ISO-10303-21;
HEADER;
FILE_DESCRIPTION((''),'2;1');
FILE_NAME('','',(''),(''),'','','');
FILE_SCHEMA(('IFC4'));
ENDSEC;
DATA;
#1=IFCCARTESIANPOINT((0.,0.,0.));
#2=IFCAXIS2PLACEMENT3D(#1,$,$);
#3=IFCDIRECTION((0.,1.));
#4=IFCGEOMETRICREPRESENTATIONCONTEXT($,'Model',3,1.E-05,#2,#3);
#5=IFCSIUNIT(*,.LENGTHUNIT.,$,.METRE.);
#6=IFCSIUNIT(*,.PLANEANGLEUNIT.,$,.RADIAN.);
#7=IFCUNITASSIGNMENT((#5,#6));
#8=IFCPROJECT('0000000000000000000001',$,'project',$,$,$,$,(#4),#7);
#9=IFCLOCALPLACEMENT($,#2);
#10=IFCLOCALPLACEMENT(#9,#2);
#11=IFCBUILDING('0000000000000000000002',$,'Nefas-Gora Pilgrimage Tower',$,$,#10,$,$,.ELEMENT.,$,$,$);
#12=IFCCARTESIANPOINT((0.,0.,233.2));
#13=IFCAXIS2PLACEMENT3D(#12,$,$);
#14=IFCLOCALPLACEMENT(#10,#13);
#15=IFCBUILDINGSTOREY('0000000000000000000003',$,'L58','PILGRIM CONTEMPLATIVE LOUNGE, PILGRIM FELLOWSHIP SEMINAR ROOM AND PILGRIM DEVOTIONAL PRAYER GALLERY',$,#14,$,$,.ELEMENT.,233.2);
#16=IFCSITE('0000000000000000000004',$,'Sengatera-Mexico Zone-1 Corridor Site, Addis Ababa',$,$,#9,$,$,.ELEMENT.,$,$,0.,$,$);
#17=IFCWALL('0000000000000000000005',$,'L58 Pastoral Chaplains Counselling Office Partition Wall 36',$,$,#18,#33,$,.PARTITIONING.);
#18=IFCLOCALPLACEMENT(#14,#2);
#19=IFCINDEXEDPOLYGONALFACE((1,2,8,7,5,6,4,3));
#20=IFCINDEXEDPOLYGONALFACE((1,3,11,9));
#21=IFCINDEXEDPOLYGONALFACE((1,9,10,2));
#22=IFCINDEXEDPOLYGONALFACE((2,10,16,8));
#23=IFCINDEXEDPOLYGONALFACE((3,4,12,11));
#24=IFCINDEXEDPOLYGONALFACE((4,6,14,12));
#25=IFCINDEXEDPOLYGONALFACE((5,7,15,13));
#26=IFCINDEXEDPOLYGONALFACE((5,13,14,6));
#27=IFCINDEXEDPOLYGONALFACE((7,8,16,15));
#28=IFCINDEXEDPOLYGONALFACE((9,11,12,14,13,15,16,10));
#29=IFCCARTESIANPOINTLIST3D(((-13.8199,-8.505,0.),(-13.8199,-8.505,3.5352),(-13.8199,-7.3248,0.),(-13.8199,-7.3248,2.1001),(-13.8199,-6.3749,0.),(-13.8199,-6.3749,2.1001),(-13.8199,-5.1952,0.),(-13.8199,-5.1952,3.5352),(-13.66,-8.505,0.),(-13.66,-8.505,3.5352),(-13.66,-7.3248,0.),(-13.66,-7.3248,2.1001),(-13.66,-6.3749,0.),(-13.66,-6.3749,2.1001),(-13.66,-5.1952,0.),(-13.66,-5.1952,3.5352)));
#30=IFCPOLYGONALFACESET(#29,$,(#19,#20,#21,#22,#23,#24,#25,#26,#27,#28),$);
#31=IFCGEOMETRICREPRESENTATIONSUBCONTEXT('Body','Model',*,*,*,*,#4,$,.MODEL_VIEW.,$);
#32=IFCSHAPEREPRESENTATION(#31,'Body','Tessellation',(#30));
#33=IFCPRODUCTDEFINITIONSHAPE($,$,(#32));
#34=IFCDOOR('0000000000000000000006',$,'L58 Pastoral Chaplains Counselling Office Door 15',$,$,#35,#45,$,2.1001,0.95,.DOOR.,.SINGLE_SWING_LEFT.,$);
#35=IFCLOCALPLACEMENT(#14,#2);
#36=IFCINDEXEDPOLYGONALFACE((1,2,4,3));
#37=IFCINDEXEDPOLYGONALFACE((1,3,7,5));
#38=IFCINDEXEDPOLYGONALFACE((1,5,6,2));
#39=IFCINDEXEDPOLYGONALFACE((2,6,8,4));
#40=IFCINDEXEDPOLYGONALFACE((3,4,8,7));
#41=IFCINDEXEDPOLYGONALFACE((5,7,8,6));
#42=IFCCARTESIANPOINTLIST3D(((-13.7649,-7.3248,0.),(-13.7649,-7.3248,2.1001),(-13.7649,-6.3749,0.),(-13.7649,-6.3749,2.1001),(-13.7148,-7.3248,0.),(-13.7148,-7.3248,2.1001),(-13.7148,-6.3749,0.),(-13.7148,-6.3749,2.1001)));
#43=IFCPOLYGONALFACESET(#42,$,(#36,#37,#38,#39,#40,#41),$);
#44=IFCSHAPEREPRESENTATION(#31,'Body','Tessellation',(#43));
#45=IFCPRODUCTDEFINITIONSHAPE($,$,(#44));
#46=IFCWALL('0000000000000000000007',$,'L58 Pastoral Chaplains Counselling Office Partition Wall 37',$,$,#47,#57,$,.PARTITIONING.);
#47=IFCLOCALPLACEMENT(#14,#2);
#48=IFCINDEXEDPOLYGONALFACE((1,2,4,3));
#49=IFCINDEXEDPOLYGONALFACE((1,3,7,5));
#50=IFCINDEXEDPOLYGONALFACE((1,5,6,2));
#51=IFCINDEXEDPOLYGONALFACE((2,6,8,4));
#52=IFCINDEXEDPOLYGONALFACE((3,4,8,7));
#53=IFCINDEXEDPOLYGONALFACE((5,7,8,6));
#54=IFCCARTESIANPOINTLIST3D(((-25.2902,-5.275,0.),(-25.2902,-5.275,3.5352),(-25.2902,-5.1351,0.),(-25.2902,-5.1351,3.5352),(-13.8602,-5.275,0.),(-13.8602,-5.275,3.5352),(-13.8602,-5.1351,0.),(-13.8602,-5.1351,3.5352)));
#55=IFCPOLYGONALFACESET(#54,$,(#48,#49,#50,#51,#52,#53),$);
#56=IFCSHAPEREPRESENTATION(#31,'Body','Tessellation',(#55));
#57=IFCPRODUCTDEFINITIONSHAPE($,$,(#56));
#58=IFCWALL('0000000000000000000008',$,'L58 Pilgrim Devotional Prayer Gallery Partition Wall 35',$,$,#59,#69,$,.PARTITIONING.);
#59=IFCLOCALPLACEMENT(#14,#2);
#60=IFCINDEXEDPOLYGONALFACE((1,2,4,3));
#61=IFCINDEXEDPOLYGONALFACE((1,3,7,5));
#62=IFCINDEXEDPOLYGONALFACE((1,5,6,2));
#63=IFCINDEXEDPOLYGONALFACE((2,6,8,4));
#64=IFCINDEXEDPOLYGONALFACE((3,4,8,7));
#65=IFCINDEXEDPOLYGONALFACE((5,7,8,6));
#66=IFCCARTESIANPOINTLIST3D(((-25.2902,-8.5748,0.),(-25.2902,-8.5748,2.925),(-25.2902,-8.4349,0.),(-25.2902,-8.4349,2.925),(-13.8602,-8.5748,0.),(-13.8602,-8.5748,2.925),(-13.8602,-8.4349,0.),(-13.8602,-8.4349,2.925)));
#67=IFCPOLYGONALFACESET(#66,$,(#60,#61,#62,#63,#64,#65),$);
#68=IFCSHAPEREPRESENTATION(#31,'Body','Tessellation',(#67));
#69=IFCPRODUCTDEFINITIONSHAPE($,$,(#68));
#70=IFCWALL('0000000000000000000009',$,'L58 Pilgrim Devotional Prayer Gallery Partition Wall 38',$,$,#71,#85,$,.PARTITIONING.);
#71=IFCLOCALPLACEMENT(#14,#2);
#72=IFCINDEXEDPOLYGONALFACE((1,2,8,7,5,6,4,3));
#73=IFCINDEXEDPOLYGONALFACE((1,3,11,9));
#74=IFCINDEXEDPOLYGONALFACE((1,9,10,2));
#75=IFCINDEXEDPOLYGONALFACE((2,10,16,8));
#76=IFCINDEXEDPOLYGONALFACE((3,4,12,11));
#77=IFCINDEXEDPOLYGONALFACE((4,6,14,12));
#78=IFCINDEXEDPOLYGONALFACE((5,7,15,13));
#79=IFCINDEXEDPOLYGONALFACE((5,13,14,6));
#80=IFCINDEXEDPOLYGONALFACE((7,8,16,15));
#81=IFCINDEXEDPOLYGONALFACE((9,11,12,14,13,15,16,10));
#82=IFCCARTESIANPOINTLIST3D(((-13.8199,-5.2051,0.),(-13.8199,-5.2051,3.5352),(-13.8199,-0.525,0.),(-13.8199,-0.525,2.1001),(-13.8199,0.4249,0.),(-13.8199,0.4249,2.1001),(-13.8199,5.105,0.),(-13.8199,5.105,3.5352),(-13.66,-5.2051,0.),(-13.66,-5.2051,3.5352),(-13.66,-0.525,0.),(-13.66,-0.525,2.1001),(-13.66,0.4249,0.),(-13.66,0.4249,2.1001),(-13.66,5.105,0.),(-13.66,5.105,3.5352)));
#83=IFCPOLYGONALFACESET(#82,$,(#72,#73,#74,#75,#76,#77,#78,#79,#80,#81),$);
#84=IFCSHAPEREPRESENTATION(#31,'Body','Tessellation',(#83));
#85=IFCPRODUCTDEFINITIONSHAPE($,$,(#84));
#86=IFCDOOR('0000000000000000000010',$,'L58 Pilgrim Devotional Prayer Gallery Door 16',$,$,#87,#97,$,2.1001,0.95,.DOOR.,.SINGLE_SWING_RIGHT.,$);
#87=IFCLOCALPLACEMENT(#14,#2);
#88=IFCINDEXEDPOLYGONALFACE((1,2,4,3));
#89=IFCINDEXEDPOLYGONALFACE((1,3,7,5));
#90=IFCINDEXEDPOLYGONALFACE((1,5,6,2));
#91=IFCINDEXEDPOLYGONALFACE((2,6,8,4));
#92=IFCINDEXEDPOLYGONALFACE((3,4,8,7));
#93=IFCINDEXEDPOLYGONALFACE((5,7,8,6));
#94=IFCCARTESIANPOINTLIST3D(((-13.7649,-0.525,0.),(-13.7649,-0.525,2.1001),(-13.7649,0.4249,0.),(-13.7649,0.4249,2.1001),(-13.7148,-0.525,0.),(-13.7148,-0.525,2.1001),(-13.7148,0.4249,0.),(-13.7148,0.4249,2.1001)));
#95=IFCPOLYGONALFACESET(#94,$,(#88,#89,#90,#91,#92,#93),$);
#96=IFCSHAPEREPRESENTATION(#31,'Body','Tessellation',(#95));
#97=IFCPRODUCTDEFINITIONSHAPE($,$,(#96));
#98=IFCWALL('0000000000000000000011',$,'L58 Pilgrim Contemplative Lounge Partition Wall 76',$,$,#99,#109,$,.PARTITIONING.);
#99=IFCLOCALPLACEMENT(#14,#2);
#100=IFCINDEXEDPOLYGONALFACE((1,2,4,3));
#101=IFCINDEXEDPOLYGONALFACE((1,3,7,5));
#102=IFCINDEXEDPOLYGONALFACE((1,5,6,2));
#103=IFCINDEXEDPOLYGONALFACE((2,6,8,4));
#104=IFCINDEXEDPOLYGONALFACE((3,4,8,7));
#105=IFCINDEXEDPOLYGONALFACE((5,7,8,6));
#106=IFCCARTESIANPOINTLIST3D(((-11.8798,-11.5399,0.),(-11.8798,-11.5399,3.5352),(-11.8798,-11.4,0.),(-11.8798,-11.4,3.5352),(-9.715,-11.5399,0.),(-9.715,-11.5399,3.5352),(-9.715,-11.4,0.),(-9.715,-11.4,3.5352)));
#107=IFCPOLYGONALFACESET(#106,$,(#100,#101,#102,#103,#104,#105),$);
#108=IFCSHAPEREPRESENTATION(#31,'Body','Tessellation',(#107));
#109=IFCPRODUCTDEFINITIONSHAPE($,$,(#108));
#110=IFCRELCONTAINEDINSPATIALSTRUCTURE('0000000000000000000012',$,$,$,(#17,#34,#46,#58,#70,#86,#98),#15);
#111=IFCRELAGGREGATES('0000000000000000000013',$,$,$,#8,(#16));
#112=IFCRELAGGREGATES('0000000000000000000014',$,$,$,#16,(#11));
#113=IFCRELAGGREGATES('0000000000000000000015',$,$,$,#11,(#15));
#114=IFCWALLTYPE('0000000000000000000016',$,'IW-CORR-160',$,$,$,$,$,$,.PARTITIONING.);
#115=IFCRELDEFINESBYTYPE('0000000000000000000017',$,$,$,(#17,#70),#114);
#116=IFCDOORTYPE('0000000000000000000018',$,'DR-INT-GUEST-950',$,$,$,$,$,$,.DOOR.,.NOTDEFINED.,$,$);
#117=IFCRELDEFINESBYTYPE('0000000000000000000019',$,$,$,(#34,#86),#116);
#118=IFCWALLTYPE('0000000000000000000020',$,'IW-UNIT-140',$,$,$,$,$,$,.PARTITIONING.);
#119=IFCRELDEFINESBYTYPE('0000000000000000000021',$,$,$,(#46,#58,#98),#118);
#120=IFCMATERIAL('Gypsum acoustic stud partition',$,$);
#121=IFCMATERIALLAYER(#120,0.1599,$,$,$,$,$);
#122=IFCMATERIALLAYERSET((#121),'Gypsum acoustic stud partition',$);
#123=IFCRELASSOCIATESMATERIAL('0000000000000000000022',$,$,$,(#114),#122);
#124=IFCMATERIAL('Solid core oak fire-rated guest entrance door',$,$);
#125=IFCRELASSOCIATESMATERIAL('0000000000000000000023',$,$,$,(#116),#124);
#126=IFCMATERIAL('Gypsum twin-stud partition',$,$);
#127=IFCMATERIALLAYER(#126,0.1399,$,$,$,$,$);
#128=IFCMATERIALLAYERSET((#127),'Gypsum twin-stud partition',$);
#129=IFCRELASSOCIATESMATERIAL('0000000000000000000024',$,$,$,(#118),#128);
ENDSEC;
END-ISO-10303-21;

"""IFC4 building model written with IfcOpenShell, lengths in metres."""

from ifc_helpers import new_model, si_unit, direction, frame, frame_2d, origin, place, context, subcontext, project, spatial, rectangle, extrude, source, transform, mapped, material, layer, layer_set, type_object, element, fill, save


model = new_model("IFC4")

# Units and contexts
model_context = context("Model", 3, precision=1e-05, world=origin(), true_north=direction((0.0, 1.0)))
body_context = subcontext(model_context, "Body", "Model", "MODEL_VIEW")
ifc_project = project(units=[si_unit("LENGTHUNIT", "METRE"), si_unit("PLANEANGLEUNIT", "RADIAN")], contexts=[model_context])

# Site, building, storey
site_placement = place(None, origin())
site = spatial("IfcSite", under=ifc_project, at=site_placement, Name="Sengatera-Mexico Zone-1 Corridor Site, Addis Ababa", CompositionType="ELEMENT", RefElevation=0.0)
building_placement = place(site_placement, origin())
building = spatial("IfcBuilding", under=site, at=building_placement, Name="Nefas-Gora Pilgrimage Tower", CompositionType="ELEMENT")
storey_placement = place(building_placement, frame((0.0, 0.0, 233.2)))
storey = spatial("IfcBuildingStorey", under=building, at=storey_placement, Name="L58", Description="PILGRIM CONTEMPLATIVE LOUNGE, PILGRIM FELLOWSHIP SEMINAR ROOM AND PILGRIM DEVOTIONAL PRAYER GALLERY", CompositionType="ELEMENT", Elevation=233.2)

# Wall, opening, door
ifc_material_1 = material(Name="Gypsum acoustic stud partition")
ifc_layer_1 = layer(ifc_material_1, 0.1599)
ifc_layer_set_1 = layer_set([ifc_layer_1], Name="Gypsum acoustic stud partition")
wall_type_1 = type_object("IfcWallType", Name="IW-CORR-160", PredefinedType="PARTITIONING", material=ifc_layer_set_1)
shared_shape_1 = source(origin(), body_context, "Body", "SweptSolid", [
    extrude(rectangle(XDim=3.3098, YDim=0.1599, at=frame_2d((1.6548, 0.0))), origin(), (0.0, 0.0, 1.0), 3.5352),
])
wall_1_placement = place(storey_placement, frame((-13.74, -8.5049, 0.0), z_axis=(0.0, 0.0, 1.0), x_axis=(0.0, 1.0, 0.0)))
wall_1 = element("IfcWall", 1, at=wall_1_placement, inside=storey, type_object=wall_type_1, Name="L58 Pastoral Chaplains Counselling Office Partition Wall 36", PredefinedType="PARTITIONING", context=body_context, shape_type="MappedRepresentation", body=[
    mapped(shared_shape_1, transform((0.0, 0.0, 0.0), x_axis=(1.0, 0.0, 0.0), y_axis=(0.0, 1.0, 0.0), z_axis=(0.0, 0.0, 1.0), scale=1.0)),
])
opening_1_placement = place(wall_1_placement, frame((1.1799, 0.0, 0.0)))
opening_1 = element("IfcOpeningElement", 2, at=opening_1_placement, cuts=wall_1, PredefinedType="OPENING", context=body_context, shape_type="SweptSolid", body=[
    extrude(rectangle(XDim=0.95, YDim=2.1001, at=frame_2d((0.4751, 1.05))), frame((0.0, 0.0898, 0.0), z_axis=(0.0, -1.0, 0.0), x_axis=(1.0, 0.0, 0.0)), (0.0, 0.0, 1.0), 0.1799),
])
ifc_material_2 = material(Name="Solid core oak fire-rated guest entrance door")
door_type_1 = type_object("IfcDoorType", Name="DR-INT-GUEST-950", OperationType="NOTDEFINED", PredefinedType="DOOR", material=ifc_material_2)
shared_shape_2 = source(origin(), body_context, "Body", "SweptSolid", [
    extrude(rectangle(XDim=0.95, YDim=2.1001, at=frame_2d((0.4751, 1.05))), frame((0.0, 0.0249, 0.0), z_axis=(0.0, -1.0, 0.0), x_axis=(1.0, 0.0, 0.0)), (0.0, 0.0, 1.0), 0.05),
])
door_1_placement = place(opening_1_placement, origin())
door_1 = element("IfcDoor", 3, at=door_1_placement, inside=storey, type_object=door_type_1, Name="L58 Pastoral Chaplains Counselling Office Door 15", OperationType="SINGLE_SWING_LEFT", OverallHeight=2.1001, OverallWidth=0.95, PredefinedType="DOOR", context=body_context, shape_type="MappedRepresentation", body=[
    mapped(shared_shape_2, transform((0.0, 0.0, 0.0), x_axis=(1.0, 0.0, 0.0), y_axis=(0.0, 1.0, 0.0), z_axis=(0.0, 0.0, 1.0), scale=1.0)),
])
fill(opening_1, door_1)

# Wall
ifc_material_3 = material(Name="Gypsum twin-stud partition")
ifc_layer_2 = layer(ifc_material_3, 0.1399)
ifc_layer_set_2 = layer_set([ifc_layer_2], Name="Gypsum twin-stud partition")
wall_type_2 = type_object("IfcWallType", Name="IW-UNIT-140", PredefinedType="PARTITIONING", material=ifc_layer_set_2)
shared_shape_3 = source(origin(), body_context, "Body", "SweptSolid", [
    extrude(rectangle(XDim=11.4299, YDim=0.1399, at=frame_2d((5.7148, 0.0))), origin(), (0.0, 0.0, 1.0), 3.5352),
])
wall_2_placement = place(storey_placement, frame((-25.29, -5.2051, 0.0), z_axis=(0.0, 0.0, 1.0), x_axis=(1.0, 0.0, 0.0)))
element("IfcWall", 4, at=wall_2_placement, inside=storey, type_object=wall_type_2, Name="L58 Pastoral Chaplains Counselling Office Partition Wall 37", PredefinedType="PARTITIONING", context=body_context, shape_type="MappedRepresentation", body=[
    mapped(shared_shape_3, transform((0.0, 0.0, 0.0), x_axis=(1.0, 0.0, 0.0), y_axis=(0.0, 1.0, 0.0), z_axis=(0.0, 0.0, 1.0), scale=1.0)),
])

# Wall
shared_shape_4 = source(origin(), body_context, "Body", "SweptSolid", [
    extrude(rectangle(XDim=11.4299, YDim=0.1399, at=frame_2d((5.7148, 0.0))), origin(), (0.0, 0.0, 1.0), 2.925),
])
wall_3_placement = place(storey_placement, frame((-25.29, -8.5049, 0.0), z_axis=(0.0, 0.0, 1.0), x_axis=(1.0, 0.0, 0.0)))
element("IfcWall", 5, at=wall_3_placement, inside=storey, type_object=wall_type_2, Name="L58 Pilgrim Devotional Prayer Gallery Partition Wall 35", PredefinedType="PARTITIONING", context=body_context, shape_type="MappedRepresentation", body=[
    mapped(shared_shape_4, transform((0.0, 0.0, 0.0), x_axis=(1.0, 0.0, 0.0), y_axis=(0.0, 1.0, 0.0), z_axis=(0.0, 0.0, 1.0), scale=1.0)),
])

# Wall, opening, door
shared_shape_5 = source(origin(), body_context, "Body", "SweptSolid", [
    extrude(rectangle(XDim=10.3101, YDim=0.1599, at=frame_2d((5.155, 0.0))), origin(), (0.0, 0.0, 1.0), 3.5352),
])
wall_4_placement = place(storey_placement, frame((-13.74, -5.2051, 0.0), z_axis=(0.0, 0.0, 1.0), x_axis=(0.0, 1.0, 0.0)))
wall_4 = element("IfcWall", 6, at=wall_4_placement, inside=storey, type_object=wall_type_1, Name="L58 Pilgrim Devotional Prayer Gallery Partition Wall 38", PredefinedType="PARTITIONING", context=body_context, shape_type="MappedRepresentation", body=[
    mapped(shared_shape_5, transform((0.0, 0.0, 0.0), x_axis=(1.0, 0.0, 0.0), y_axis=(0.0, 1.0, 0.0), z_axis=(0.0, 0.0, 1.0), scale=1.0)),
])
opening_2_placement = place(wall_4_placement, frame((4.6799, 0.0, 0.0)))
opening_2 = element("IfcOpeningElement", 7, at=opening_2_placement, cuts=wall_4, PredefinedType="OPENING", context=body_context, shape_type="SweptSolid", body=[
    extrude(rectangle(XDim=0.95, YDim=2.1001, at=frame_2d((0.4751, 1.05))), frame((0.0, 0.0898, 0.0), z_axis=(0.0, -1.0, 0.0), x_axis=(1.0, 0.0, 0.0)), (0.0, 0.0, 1.0), 0.1799),
])
door_2_placement = place(opening_2_placement, origin())
door_2 = element("IfcDoor", 8, at=door_2_placement, inside=storey, type_object=door_type_1, Name="L58 Pilgrim Devotional Prayer Gallery Door 16", OperationType="SINGLE_SWING_RIGHT", OverallHeight=2.1001, OverallWidth=0.95, PredefinedType="DOOR", context=body_context, shape_type="MappedRepresentation", body=[
    mapped(shared_shape_2, transform((0.0, 0.0, 0.0), x_axis=(1.0, 0.0, 0.0), y_axis=(0.0, 1.0, 0.0), z_axis=(0.0, 0.0, 1.0), scale=1.0)),
])
fill(opening_2, door_2)

# Wall
shared_shape_6 = source(origin(), body_context, "Body", "SweptSolid", [
    extrude(rectangle(XDim=2.1648, YDim=0.1399, at=frame_2d((1.0825, 0.0))), origin(), (0.0, 0.0, 1.0), 3.5352),
])
wall_5_placement = place(storey_placement, frame((-11.8799, -11.47, 0.0), z_axis=(0.0, 0.0, 1.0), x_axis=(1.0, 0.0, 0.0)))
element("IfcWall", 9, at=wall_5_placement, inside=storey, type_object=wall_type_2, Name="L58 Pilgrim Contemplative Lounge Partition Wall 76", PredefinedType="PARTITIONING", context=body_context, shape_type="MappedRepresentation", body=[
    mapped(shared_shape_6, transform((0.0, 0.0, 0.0), x_axis=(1.0, 0.0, 0.0), y_axis=(0.0, 1.0, 0.0), z_axis=(0.0, 0.0, 1.0), scale=1.0)),
])

save(model, "model.ifc")
